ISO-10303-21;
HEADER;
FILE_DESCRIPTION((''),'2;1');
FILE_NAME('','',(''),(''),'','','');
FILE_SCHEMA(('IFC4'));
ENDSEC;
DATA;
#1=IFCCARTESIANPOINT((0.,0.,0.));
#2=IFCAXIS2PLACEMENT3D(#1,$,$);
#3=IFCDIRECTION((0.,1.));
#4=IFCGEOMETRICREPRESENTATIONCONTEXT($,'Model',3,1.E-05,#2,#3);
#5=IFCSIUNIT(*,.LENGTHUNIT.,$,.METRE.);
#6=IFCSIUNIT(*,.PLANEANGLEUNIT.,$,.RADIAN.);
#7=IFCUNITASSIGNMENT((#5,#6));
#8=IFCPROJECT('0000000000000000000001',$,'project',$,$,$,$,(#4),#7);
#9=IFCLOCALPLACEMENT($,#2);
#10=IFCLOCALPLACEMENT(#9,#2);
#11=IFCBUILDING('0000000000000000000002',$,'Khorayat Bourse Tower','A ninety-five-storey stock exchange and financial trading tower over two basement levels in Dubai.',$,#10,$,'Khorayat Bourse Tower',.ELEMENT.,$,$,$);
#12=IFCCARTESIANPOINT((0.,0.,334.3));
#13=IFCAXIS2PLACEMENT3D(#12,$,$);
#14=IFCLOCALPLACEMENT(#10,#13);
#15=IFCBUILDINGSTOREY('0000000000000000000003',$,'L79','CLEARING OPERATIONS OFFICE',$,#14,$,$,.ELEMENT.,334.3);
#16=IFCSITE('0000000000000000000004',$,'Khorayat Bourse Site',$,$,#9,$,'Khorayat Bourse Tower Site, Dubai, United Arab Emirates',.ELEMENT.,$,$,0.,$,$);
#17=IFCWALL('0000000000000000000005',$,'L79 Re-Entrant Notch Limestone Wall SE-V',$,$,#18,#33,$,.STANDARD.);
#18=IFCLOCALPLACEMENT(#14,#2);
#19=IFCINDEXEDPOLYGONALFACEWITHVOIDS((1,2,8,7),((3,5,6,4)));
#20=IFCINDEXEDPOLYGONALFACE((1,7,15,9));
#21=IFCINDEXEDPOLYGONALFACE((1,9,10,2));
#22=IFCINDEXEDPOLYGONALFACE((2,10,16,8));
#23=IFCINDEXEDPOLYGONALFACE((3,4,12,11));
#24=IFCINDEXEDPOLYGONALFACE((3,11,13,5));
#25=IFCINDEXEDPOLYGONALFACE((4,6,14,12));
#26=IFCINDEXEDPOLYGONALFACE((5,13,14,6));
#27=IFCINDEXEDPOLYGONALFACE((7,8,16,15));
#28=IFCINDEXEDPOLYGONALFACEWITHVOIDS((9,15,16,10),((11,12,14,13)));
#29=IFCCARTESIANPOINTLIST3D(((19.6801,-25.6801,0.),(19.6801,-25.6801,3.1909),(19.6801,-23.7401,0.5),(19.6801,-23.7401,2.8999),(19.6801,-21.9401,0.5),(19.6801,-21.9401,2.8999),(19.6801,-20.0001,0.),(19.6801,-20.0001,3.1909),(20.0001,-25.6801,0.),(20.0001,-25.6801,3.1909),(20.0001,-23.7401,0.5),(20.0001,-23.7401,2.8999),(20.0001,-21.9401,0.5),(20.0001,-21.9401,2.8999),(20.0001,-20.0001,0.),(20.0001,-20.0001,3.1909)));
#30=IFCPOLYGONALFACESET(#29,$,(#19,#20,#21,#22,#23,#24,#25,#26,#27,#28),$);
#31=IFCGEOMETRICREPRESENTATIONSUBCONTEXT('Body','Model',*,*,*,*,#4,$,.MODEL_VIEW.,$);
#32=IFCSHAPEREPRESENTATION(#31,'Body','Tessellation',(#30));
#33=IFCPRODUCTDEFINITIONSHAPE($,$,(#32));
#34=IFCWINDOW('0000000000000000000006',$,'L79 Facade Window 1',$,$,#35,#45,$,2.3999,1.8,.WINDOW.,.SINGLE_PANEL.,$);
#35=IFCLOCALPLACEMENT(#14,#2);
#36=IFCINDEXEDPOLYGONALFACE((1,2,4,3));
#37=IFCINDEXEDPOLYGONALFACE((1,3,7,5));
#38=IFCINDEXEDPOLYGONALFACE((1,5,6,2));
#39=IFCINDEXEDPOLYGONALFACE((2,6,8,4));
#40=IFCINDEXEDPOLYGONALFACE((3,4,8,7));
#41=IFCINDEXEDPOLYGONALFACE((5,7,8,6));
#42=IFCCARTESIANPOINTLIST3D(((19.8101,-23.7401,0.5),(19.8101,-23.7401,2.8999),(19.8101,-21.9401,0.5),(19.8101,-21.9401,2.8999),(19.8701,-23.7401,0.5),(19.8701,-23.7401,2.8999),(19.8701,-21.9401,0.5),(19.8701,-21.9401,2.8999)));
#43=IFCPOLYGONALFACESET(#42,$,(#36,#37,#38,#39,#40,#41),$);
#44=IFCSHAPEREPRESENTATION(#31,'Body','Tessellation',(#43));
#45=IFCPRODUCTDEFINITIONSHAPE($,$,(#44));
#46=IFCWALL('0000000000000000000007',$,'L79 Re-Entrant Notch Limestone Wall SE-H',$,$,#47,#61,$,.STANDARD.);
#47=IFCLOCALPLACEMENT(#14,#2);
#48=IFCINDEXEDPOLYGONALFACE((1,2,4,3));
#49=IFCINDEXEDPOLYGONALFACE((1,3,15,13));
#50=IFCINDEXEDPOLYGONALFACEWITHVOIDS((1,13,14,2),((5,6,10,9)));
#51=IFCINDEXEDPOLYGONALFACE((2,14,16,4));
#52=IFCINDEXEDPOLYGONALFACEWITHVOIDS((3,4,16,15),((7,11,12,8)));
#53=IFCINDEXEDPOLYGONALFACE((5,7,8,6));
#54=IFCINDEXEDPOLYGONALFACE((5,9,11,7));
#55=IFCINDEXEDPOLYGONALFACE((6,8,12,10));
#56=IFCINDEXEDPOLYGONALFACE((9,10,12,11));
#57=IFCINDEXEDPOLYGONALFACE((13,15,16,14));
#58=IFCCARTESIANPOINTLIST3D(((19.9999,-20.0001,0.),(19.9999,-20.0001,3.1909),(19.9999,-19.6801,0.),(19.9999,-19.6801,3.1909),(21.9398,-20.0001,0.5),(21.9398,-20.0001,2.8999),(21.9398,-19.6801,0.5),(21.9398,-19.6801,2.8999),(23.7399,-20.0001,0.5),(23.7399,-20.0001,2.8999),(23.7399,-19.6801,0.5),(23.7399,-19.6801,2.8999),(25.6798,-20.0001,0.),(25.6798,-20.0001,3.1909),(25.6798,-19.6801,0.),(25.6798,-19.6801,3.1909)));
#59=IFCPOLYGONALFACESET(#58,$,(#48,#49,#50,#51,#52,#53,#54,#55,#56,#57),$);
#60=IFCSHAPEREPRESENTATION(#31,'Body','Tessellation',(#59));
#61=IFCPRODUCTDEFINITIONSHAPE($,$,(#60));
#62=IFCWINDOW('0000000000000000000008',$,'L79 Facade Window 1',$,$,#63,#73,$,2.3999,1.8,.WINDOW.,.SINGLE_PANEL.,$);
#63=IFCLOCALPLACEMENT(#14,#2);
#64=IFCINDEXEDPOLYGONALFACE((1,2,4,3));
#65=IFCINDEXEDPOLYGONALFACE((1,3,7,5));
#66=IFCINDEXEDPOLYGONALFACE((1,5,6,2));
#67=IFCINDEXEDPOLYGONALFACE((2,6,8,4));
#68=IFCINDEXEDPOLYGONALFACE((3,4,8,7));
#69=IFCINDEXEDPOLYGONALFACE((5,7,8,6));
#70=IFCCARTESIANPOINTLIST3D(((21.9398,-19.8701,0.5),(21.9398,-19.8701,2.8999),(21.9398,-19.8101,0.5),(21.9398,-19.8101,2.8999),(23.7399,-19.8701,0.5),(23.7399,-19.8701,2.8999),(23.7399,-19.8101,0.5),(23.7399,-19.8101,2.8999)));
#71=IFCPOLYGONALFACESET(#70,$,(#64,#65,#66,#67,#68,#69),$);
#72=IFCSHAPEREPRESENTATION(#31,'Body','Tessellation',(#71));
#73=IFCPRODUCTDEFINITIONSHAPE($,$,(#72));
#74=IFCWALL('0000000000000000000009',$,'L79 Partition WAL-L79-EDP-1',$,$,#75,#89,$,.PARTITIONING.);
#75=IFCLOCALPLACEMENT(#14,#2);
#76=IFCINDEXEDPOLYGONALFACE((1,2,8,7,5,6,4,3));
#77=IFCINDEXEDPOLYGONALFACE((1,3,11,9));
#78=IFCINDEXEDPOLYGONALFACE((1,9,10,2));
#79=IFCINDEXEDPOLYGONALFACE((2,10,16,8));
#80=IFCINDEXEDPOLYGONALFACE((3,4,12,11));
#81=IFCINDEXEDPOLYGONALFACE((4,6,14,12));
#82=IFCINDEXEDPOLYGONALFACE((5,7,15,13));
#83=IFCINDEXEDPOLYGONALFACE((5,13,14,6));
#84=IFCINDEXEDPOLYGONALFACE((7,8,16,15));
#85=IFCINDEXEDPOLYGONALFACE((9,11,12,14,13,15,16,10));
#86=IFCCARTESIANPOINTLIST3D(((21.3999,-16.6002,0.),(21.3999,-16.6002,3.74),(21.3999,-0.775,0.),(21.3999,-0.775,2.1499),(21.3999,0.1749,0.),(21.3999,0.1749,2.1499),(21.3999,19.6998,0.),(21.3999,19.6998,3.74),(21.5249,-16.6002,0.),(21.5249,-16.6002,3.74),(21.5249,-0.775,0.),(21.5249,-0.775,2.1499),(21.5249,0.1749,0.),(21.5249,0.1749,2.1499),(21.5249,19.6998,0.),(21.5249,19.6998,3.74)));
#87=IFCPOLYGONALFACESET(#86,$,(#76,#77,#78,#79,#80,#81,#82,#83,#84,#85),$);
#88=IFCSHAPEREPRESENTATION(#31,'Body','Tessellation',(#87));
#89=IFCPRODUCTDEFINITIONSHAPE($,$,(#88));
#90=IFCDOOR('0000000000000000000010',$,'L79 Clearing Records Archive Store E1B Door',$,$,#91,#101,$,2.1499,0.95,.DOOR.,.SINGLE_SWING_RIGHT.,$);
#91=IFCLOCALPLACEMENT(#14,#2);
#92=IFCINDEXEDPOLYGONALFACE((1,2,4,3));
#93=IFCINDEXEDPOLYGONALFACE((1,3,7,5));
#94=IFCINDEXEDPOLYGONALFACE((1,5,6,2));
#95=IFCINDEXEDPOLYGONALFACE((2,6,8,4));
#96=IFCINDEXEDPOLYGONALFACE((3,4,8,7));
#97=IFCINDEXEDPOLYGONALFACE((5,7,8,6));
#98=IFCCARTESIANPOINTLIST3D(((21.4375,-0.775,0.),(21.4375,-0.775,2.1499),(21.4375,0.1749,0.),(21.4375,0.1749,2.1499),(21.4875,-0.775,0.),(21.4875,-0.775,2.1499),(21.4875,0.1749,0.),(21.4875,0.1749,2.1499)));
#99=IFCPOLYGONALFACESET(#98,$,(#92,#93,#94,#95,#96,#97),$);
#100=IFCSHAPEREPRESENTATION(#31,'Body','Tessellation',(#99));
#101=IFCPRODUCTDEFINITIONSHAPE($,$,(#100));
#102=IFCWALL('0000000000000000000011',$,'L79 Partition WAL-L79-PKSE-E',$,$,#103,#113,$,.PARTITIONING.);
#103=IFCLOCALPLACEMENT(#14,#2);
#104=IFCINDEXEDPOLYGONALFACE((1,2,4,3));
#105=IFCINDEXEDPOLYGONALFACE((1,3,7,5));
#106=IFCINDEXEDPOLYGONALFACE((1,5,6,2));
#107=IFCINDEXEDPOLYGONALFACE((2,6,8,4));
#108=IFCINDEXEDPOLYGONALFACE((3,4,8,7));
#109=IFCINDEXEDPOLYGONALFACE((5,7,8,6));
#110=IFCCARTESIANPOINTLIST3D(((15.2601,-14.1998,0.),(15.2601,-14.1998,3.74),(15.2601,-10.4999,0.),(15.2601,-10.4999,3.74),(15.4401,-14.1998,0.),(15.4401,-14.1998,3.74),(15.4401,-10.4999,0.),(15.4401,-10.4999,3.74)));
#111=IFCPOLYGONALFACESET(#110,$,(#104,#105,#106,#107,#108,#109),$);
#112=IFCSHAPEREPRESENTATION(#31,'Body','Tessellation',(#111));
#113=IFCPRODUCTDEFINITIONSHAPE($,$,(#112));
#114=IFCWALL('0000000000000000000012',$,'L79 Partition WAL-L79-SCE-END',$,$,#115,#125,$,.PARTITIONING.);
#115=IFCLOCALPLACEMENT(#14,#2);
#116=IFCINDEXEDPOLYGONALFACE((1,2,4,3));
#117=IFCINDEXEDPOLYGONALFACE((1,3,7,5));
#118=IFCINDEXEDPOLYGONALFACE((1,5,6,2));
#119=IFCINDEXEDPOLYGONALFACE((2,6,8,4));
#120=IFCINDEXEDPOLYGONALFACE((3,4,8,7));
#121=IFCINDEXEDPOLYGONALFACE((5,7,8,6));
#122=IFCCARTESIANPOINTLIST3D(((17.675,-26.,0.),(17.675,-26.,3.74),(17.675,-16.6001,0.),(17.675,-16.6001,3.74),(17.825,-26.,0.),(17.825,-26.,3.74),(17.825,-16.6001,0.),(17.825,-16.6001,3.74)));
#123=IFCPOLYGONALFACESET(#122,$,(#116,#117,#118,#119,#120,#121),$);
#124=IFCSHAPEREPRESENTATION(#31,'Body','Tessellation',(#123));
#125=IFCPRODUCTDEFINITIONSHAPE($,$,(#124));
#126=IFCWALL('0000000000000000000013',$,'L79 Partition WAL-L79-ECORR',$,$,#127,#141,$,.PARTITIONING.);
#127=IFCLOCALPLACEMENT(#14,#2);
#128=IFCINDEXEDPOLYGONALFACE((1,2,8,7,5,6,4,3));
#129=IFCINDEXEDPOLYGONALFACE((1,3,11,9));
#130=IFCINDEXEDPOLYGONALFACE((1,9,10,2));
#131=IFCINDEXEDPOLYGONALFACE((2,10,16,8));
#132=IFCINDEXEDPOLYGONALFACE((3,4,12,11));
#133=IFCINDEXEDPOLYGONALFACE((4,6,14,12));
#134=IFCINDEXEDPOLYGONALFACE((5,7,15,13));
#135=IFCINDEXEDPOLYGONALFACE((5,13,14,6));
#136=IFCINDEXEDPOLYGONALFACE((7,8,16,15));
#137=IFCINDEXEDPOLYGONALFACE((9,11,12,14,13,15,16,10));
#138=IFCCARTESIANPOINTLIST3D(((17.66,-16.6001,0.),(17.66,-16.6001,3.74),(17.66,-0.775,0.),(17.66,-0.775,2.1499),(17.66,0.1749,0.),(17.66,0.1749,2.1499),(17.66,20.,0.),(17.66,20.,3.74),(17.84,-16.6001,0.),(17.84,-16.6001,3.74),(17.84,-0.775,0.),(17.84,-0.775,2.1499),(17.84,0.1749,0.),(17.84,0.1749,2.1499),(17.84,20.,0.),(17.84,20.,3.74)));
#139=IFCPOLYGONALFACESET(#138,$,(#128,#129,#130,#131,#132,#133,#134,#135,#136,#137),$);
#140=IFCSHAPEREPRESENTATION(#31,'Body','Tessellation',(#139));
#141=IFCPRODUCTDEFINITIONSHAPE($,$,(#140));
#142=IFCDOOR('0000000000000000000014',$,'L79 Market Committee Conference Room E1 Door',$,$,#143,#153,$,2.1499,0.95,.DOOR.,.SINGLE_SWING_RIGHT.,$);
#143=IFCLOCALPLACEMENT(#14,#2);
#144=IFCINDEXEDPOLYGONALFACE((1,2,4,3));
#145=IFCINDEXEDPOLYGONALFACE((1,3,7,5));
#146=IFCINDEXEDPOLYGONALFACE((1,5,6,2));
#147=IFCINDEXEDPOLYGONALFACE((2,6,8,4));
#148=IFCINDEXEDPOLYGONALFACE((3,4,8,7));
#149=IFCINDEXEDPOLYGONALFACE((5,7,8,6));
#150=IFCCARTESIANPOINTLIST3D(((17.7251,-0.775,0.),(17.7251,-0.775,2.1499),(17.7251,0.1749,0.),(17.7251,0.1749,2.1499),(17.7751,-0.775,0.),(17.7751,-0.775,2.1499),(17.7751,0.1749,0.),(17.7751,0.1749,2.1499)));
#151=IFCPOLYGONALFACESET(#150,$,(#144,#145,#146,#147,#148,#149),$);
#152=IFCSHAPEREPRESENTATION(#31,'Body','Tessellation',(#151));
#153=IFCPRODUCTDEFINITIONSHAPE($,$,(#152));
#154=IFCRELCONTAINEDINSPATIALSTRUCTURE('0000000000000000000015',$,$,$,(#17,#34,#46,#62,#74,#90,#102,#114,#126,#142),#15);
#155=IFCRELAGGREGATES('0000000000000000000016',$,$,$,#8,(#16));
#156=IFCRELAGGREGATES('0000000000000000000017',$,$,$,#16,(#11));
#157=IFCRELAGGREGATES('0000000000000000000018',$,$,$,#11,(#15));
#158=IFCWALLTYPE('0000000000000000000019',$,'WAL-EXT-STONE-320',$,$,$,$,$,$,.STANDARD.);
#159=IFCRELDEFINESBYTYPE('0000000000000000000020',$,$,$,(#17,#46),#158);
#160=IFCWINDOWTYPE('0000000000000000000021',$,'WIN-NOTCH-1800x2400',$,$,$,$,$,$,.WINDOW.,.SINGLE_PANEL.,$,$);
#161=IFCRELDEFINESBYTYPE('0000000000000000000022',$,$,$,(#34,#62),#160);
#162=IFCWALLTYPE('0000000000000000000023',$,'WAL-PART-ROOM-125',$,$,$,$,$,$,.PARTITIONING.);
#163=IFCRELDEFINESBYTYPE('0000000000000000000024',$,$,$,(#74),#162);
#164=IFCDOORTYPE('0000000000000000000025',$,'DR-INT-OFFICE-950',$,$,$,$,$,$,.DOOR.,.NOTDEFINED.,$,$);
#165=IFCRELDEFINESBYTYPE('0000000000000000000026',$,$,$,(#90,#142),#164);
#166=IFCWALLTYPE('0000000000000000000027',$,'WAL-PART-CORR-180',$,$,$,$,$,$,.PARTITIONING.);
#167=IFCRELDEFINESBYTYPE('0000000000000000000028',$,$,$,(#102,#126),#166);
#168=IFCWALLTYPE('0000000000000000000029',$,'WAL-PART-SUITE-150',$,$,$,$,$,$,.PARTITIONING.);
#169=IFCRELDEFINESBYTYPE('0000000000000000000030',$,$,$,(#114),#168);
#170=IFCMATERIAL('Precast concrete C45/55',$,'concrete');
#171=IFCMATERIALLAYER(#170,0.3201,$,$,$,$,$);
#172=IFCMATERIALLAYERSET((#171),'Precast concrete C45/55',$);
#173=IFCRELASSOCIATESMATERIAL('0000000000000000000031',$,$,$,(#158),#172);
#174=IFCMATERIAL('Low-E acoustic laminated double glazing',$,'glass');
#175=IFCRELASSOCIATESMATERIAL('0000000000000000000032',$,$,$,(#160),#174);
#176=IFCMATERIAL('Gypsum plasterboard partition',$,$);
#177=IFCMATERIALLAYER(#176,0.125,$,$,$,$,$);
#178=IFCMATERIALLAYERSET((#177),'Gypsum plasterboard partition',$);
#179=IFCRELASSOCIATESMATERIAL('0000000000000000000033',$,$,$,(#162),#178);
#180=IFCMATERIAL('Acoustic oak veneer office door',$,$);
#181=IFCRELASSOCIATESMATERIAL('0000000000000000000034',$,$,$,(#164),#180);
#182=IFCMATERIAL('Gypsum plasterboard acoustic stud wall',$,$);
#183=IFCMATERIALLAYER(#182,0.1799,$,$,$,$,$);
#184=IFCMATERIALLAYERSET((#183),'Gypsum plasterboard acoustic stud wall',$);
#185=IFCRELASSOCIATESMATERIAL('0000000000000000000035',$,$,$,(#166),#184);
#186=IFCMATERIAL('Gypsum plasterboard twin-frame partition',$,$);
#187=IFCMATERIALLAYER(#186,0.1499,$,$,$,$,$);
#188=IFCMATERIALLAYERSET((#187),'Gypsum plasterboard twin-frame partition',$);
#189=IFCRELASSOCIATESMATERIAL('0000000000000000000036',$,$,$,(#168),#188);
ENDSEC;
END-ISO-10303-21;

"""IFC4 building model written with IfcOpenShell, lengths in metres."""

from ifc_helpers import new_model, si_unit, direction, frame, frame_2d, origin, place, context, subcontext, project, spatial, rectangle, extrude, source, transform, mapped, material, layer, layer_set, type_object, element, fill, save


model = new_model("IFC4")

# Units and contexts
model_context = context("Model", 3, precision=1e-05, world=origin(), true_north=direction((0.0, 1.0)))
body_context = subcontext(model_context, "Body", "Model", "MODEL_VIEW")
ifc_project = project(units=[si_unit("LENGTHUNIT", "METRE"), si_unit("PLANEANGLEUNIT", "RADIAN")], contexts=[model_context])

# Site, building, storey
site_placement = place(None, origin())
site = spatial("IfcSite", under=ifc_project, at=site_placement, Name="Khorayat Bourse Site", LongName="Khorayat Bourse Tower Site, Dubai, United Arab Emirates", CompositionType="ELEMENT", RefElevation=0.0)
building_placement = place(site_placement, origin())
building = spatial("IfcBuilding", under=site, at=building_placement, Name="Khorayat Bourse Tower", Description="A ninety-five-storey stock exchange and financial trading tower over two basement levels in Dubai.", LongName="Khorayat Bourse Tower", CompositionType="ELEMENT")
storey_placement = place(building_placement, frame((0.0, 0.0, 334.3)))
storey = spatial("IfcBuildingStorey", under=building, at=storey_placement, Name="L79", Description="CLEARING OPERATIONS OFFICE", CompositionType="ELEMENT", Elevation=334.3)

# Walls, openings, windows
ifc_material_1 = material(Name="Precast concrete C45/55", Category="concrete")
ifc_layer_1 = layer(ifc_material_1, 0.3201)
ifc_layer_set_1 = layer_set([ifc_layer_1], Name="Precast concrete C45/55")
wall_type_1 = type_object("IfcWallType", Name="WAL-EXT-STONE-320", PredefinedType="STANDARD", material=ifc_layer_set_1)
shared_shape_1 = source(origin(), body_context, "Body", "SweptSolid", [
    extrude(rectangle(XDim=5.6799, YDim=0.3201, at=frame_2d((2.8398, 0.0))), origin(), (0.0, 0.0, 1.0), 3.1909),
])
wall_1_placement = place(storey_placement, frame((19.8401, -25.6799, 0.0), z_axis=(0.0, 0.0, 1.0), x_axis=(0.0, 1.0, 0.0)))
wall_1 = element("IfcWall", 1, at=wall_1_placement, inside=storey, type_object=wall_type_1, Name="L79 Re-Entrant Notch Limestone Wall SE-V", PredefinedType="STANDARD", context=body_context, shape_type="MappedRepresentation", body=[
    mapped(shared_shape_1, transform((0.0, 0.0, 0.0), scale=1.0)),
])
shared_shape_2 = source(origin(), body_context, "Body", "SweptSolid", [
    extrude(rectangle(XDim=1.8, YDim=2.3999, at=frame_2d((0.8999, 1.2))), frame((0.0, 0.1699, 0.0), z_axis=(0.0, -1.0, 0.0), x_axis=(1.0, 0.0, 0.0)), (0.0, 0.0, 1.0), 0.3401),
])
opening_1_placement = place(wall_1_placement, frame((1.9399, 0.0, 0.5)))
opening_1 = element("IfcOpeningElement", 2, at=opening_1_placement, cuts=wall_1, PredefinedType="OPENING", context=body_context, shape_type="MappedRepresentation", body=[
    mapped(shared_shape_2, transform((0.0, 0.0, 0.0), scale=1.0)),
])
ifc_material_2 = material(Name="Low-E acoustic laminated double glazing", Category="glass")
window_type = type_object("IfcWindowType", Name="WIN-NOTCH-1800x2400", PartitioningType="SINGLE_PANEL", PredefinedType="WINDOW", material=ifc_material_2)
shared_shape_3 = source(origin(), body_context, "Body", "SweptSolid", [
    extrude(rectangle(XDim=1.8, YDim=2.3999, at=frame_2d((0.8999, 1.2))), frame((0.0, 0.03, 0.0), z_axis=(0.0, -1.0, 0.0), x_axis=(1.0, 0.0, 0.0)), (0.0, 0.0, 1.0), 0.0601),
])
window_1_placement = place(opening_1_placement, origin())
window_1 = element("IfcWindow", 3, at=window_1_placement, inside=storey, type_object=window_type, Name="L79 Facade Window 1", OverallHeight=2.3999, OverallWidth=1.8, PartitioningType="SINGLE_PANEL", PredefinedType="WINDOW", context=body_context, shape_type="MappedRepresentation", body=[
    mapped(shared_shape_3, transform((0.0, 0.0, 0.0), scale=1.0)),
])
fill(opening_1, window_1)
wall_2_placement = place(storey_placement, frame((20.0, -19.8401, 0.0), z_axis=(0.0, 0.0, 1.0), x_axis=(1.0, 0.0, 0.0)))
wall_2 = element("IfcWall", 4, at=wall_2_placement, inside=storey, type_object=wall_type_1, Name="L79 Re-Entrant Notch Limestone Wall SE-H", PredefinedType="STANDARD", context=body_context, shape_type="MappedRepresentation", body=[
    mapped(shared_shape_1, transform((0.0, 0.0, 0.0), scale=1.0)),
])
opening_2_placement = place(wall_2_placement, frame((1.9399, 0.0, 0.5)))
opening_2 = element("IfcOpeningElement", 5, at=opening_2_placement, cuts=wall_2, PredefinedType="OPENING", context=body_context, shape_type="MappedRepresentation", body=[
    mapped(shared_shape_2, transform((0.0, 0.0, 0.0), scale=1.0)),
])
window_2_placement = place(opening_2_placement, origin())
window_2 = element("IfcWindow", 6, at=window_2_placement, inside=storey, type_object=window_type, Name="L79 Facade Window 1", OverallHeight=2.3999, OverallWidth=1.8, PartitioningType="SINGLE_PANEL", PredefinedType="WINDOW", context=body_context, shape_type="MappedRepresentation", body=[
    mapped(shared_shape_3, transform((0.0, 0.0, 0.0), scale=1.0)),
])
fill(opening_2, window_2)

# Wall, opening, door
ifc_material_3 = material(Name="Gypsum plasterboard partition")
ifc_layer_2 = layer(ifc_material_3, 0.125)
ifc_layer_set_2 = layer_set([ifc_layer_2], Name="Gypsum plasterboard partition")
wall_type_2 = type_object("IfcWallType", Name="WAL-PART-ROOM-125", PredefinedType="PARTITIONING", material=ifc_layer_set_2)
shared_shape_4 = source(origin(), body_context, "Body", "SweptSolid", [
    extrude(rectangle(XDim=36.3, YDim=0.125, at=frame_2d((18.1499, 0.0))), origin(), (0.0, 0.0, 1.0), 3.74),
])
wall_3_placement = place(storey_placement, frame((21.4624, -16.6001, 0.0), z_axis=(0.0, 0.0, 1.0), x_axis=(0.0, 1.0, 0.0)))
wall_3 = element("IfcWall", 7, at=wall_3_placement, inside=storey, type_object=wall_type_2, Name="L79 Partition WAL-L79-EDP-1", PredefinedType="PARTITIONING", context=body_context, shape_type="MappedRepresentation", body=[
    mapped(shared_shape_4, transform((0.0, 0.0, 0.0), scale=1.0)),
])
shared_shape_5 = source(origin(), body_context, "Body", "SweptSolid", [
    extrude(rectangle(XDim=0.95, YDim=2.1499, at=frame_2d((0.4751, 1.075))), frame((0.0, 0.0725, 0.0), z_axis=(0.0, -1.0, 0.0), x_axis=(1.0, 0.0, 0.0)), (0.0, 0.0, 1.0), 0.145),
])
opening_3_placement = place(wall_3_placement, frame((15.825, 0.0, 0.0)))
opening_3 = element("IfcOpeningElement", 8, at=opening_3_placement, cuts=wall_3, PredefinedType="OPENING", context=body_context, shape_type="MappedRepresentation", body=[
    mapped(shared_shape_5, transform((0.0, 0.0, 0.0), scale=1.0)),
])
ifc_material_4 = material(Name="Acoustic oak veneer office door")
door_type = type_object("IfcDoorType", Name="DR-INT-OFFICE-950", OperationType="NOTDEFINED", PredefinedType="DOOR", material=ifc_material_4)
shared_shape_6 = source(origin(), body_context, "Body", "SweptSolid", [
    extrude(rectangle(XDim=0.95, YDim=2.1499, at=frame_2d((0.4751, 1.075))), frame((0.0, 0.0249, 0.0), z_axis=(0.0, -1.0, 0.0), x_axis=(1.0, 0.0, 0.0)), (0.0, 0.0, 1.0), 0.05),
])
door_1_placement = place(opening_3_placement, origin())
door_1 = element("IfcDoor", 9, at=door_1_placement, inside=storey, type_object=door_type, Name="L79 Clearing Records Archive Store E1B Door", OperationType="SINGLE_SWING_RIGHT", OverallHeight=2.1499, OverallWidth=0.95, PredefinedType="DOOR", context=body_context, shape_type="MappedRepresentation", body=[
    mapped(shared_shape_6, transform((0.0, 0.0, 0.0), scale=1.0)),
])
fill(opening_3, door_1)

# Walls
ifc_material_5 = material(Name="Gypsum plasterboard acoustic stud wall")
ifc_layer_3 = layer(ifc_material_5, 0.1799)
ifc_layer_set_3 = layer_set([ifc_layer_3], Name="Gypsum plasterboard acoustic stud wall")
wall_type_3 = type_object("IfcWallType", Name="WAL-PART-CORR-180", PredefinedType="PARTITIONING", material=ifc_layer_set_3)
shared_shape_7 = source(origin(), body_context, "Body", "SweptSolid", [
    extrude(rectangle(XDim=3.7, YDim=0.1799, at=frame_2d((1.8501, 0.0))), origin(), (0.0, 0.0, 1.0), 3.74),
])
wall_4_placement = place(storey_placement, frame((15.3501, -14.2, 0.0), z_axis=(0.0, 0.0, 1.0), x_axis=(0.0, 1.0, 0.0)))
element("IfcWall", 10, at=wall_4_placement, inside=storey, type_object=wall_type_3, Name="L79 Partition WAL-L79-PKSE-E", PredefinedType="PARTITIONING", context=body_context, shape_type="MappedRepresentation", body=[
    mapped(shared_shape_7, transform((0.0, 0.0, 0.0), scale=1.0)),
])
ifc_material_6 = material(Name="Gypsum plasterboard twin-frame partition")
ifc_layer_4 = layer(ifc_material_6, 0.1499)
ifc_layer_set_4 = layer_set([ifc_layer_4], Name="Gypsum plasterboard twin-frame partition")
wall_type_4 = type_object("IfcWallType", Name="WAL-PART-SUITE-150", PredefinedType="PARTITIONING", material=ifc_layer_set_4)
shared_shape_8 = source(origin(), body_context, "Body", "SweptSolid", [
    extrude(rectangle(XDim=9.3999, YDim=0.1499, at=frame_2d((4.7, 0.0))), origin(), (0.0, 0.0, 1.0), 3.74),
])
wall_5_placement = place(storey_placement, frame((17.75, -26.0, 0.0), z_axis=(0.0, 0.0, 1.0), x_axis=(0.0, 1.0, 0.0)))
element("IfcWall", 11, at=wall_5_placement, inside=storey, type_object=wall_type_4, Name="L79 Partition WAL-L79-SCE-END", PredefinedType="PARTITIONING", context=body_context, shape_type="MappedRepresentation", body=[
    mapped(shared_shape_8, transform((0.0, 0.0, 0.0), scale=1.0)),
])

# Wall, opening, door
shared_shape_9 = source(origin(), body_context, "Body", "SweptSolid", [
    extrude(rectangle(XDim=36.6001, YDim=0.1799, at=frame_2d((18.3, 0.0))), origin(), (0.0, 0.0, 1.0), 3.74),
])
wall_6_placement = place(storey_placement, frame((17.75, -16.6001, 0.0), z_axis=(0.0, 0.0, 1.0), x_axis=(0.0, 1.0, 0.0)))
wall_6 = element("IfcWall", 12, at=wall_6_placement, inside=storey, type_object=wall_type_3, Name="L79 Partition WAL-L79-ECORR", PredefinedType="PARTITIONING", context=body_context, shape_type="MappedRepresentation", body=[
    mapped(shared_shape_9, transform((0.0, 0.0, 0.0), scale=1.0)),
])
shared_shape_10 = source(origin(), body_context, "Body", "SweptSolid", [
    extrude(rectangle(XDim=0.95, YDim=2.1499, at=frame_2d((0.4751, 1.075))), frame((0.0, 0.0999, 0.0), z_axis=(0.0, -1.0, 0.0), x_axis=(1.0, 0.0, 0.0)), (0.0, 0.0, 1.0), 0.2),
])
opening_4_placement = place(wall_6_placement, frame((15.825, 0.0, 0.0)))
opening_4 = element("IfcOpeningElement", 13, at=opening_4_placement, cuts=wall_6, PredefinedType="OPENING", context=body_context, shape_type="MappedRepresentation", body=[
    mapped(shared_shape_10, transform((0.0, 0.0, 0.0), scale=1.0)),
])
door_2_placement = place(opening_4_placement, origin())
door_2 = element("IfcDoor", 14, at=door_2_placement, inside=storey, type_object=door_type, Name="L79 Market Committee Conference Room E1 Door", OperationType="SINGLE_SWING_RIGHT", OverallHeight=2.1499, OverallWidth=0.95, PredefinedType="DOOR", context=body_context, shape_type="MappedRepresentation", body=[
    mapped(shared_shape_6, transform((0.0, 0.0, 0.0), scale=1.0)),
])
fill(opening_4, door_2)

save(model, "model.ifc")
